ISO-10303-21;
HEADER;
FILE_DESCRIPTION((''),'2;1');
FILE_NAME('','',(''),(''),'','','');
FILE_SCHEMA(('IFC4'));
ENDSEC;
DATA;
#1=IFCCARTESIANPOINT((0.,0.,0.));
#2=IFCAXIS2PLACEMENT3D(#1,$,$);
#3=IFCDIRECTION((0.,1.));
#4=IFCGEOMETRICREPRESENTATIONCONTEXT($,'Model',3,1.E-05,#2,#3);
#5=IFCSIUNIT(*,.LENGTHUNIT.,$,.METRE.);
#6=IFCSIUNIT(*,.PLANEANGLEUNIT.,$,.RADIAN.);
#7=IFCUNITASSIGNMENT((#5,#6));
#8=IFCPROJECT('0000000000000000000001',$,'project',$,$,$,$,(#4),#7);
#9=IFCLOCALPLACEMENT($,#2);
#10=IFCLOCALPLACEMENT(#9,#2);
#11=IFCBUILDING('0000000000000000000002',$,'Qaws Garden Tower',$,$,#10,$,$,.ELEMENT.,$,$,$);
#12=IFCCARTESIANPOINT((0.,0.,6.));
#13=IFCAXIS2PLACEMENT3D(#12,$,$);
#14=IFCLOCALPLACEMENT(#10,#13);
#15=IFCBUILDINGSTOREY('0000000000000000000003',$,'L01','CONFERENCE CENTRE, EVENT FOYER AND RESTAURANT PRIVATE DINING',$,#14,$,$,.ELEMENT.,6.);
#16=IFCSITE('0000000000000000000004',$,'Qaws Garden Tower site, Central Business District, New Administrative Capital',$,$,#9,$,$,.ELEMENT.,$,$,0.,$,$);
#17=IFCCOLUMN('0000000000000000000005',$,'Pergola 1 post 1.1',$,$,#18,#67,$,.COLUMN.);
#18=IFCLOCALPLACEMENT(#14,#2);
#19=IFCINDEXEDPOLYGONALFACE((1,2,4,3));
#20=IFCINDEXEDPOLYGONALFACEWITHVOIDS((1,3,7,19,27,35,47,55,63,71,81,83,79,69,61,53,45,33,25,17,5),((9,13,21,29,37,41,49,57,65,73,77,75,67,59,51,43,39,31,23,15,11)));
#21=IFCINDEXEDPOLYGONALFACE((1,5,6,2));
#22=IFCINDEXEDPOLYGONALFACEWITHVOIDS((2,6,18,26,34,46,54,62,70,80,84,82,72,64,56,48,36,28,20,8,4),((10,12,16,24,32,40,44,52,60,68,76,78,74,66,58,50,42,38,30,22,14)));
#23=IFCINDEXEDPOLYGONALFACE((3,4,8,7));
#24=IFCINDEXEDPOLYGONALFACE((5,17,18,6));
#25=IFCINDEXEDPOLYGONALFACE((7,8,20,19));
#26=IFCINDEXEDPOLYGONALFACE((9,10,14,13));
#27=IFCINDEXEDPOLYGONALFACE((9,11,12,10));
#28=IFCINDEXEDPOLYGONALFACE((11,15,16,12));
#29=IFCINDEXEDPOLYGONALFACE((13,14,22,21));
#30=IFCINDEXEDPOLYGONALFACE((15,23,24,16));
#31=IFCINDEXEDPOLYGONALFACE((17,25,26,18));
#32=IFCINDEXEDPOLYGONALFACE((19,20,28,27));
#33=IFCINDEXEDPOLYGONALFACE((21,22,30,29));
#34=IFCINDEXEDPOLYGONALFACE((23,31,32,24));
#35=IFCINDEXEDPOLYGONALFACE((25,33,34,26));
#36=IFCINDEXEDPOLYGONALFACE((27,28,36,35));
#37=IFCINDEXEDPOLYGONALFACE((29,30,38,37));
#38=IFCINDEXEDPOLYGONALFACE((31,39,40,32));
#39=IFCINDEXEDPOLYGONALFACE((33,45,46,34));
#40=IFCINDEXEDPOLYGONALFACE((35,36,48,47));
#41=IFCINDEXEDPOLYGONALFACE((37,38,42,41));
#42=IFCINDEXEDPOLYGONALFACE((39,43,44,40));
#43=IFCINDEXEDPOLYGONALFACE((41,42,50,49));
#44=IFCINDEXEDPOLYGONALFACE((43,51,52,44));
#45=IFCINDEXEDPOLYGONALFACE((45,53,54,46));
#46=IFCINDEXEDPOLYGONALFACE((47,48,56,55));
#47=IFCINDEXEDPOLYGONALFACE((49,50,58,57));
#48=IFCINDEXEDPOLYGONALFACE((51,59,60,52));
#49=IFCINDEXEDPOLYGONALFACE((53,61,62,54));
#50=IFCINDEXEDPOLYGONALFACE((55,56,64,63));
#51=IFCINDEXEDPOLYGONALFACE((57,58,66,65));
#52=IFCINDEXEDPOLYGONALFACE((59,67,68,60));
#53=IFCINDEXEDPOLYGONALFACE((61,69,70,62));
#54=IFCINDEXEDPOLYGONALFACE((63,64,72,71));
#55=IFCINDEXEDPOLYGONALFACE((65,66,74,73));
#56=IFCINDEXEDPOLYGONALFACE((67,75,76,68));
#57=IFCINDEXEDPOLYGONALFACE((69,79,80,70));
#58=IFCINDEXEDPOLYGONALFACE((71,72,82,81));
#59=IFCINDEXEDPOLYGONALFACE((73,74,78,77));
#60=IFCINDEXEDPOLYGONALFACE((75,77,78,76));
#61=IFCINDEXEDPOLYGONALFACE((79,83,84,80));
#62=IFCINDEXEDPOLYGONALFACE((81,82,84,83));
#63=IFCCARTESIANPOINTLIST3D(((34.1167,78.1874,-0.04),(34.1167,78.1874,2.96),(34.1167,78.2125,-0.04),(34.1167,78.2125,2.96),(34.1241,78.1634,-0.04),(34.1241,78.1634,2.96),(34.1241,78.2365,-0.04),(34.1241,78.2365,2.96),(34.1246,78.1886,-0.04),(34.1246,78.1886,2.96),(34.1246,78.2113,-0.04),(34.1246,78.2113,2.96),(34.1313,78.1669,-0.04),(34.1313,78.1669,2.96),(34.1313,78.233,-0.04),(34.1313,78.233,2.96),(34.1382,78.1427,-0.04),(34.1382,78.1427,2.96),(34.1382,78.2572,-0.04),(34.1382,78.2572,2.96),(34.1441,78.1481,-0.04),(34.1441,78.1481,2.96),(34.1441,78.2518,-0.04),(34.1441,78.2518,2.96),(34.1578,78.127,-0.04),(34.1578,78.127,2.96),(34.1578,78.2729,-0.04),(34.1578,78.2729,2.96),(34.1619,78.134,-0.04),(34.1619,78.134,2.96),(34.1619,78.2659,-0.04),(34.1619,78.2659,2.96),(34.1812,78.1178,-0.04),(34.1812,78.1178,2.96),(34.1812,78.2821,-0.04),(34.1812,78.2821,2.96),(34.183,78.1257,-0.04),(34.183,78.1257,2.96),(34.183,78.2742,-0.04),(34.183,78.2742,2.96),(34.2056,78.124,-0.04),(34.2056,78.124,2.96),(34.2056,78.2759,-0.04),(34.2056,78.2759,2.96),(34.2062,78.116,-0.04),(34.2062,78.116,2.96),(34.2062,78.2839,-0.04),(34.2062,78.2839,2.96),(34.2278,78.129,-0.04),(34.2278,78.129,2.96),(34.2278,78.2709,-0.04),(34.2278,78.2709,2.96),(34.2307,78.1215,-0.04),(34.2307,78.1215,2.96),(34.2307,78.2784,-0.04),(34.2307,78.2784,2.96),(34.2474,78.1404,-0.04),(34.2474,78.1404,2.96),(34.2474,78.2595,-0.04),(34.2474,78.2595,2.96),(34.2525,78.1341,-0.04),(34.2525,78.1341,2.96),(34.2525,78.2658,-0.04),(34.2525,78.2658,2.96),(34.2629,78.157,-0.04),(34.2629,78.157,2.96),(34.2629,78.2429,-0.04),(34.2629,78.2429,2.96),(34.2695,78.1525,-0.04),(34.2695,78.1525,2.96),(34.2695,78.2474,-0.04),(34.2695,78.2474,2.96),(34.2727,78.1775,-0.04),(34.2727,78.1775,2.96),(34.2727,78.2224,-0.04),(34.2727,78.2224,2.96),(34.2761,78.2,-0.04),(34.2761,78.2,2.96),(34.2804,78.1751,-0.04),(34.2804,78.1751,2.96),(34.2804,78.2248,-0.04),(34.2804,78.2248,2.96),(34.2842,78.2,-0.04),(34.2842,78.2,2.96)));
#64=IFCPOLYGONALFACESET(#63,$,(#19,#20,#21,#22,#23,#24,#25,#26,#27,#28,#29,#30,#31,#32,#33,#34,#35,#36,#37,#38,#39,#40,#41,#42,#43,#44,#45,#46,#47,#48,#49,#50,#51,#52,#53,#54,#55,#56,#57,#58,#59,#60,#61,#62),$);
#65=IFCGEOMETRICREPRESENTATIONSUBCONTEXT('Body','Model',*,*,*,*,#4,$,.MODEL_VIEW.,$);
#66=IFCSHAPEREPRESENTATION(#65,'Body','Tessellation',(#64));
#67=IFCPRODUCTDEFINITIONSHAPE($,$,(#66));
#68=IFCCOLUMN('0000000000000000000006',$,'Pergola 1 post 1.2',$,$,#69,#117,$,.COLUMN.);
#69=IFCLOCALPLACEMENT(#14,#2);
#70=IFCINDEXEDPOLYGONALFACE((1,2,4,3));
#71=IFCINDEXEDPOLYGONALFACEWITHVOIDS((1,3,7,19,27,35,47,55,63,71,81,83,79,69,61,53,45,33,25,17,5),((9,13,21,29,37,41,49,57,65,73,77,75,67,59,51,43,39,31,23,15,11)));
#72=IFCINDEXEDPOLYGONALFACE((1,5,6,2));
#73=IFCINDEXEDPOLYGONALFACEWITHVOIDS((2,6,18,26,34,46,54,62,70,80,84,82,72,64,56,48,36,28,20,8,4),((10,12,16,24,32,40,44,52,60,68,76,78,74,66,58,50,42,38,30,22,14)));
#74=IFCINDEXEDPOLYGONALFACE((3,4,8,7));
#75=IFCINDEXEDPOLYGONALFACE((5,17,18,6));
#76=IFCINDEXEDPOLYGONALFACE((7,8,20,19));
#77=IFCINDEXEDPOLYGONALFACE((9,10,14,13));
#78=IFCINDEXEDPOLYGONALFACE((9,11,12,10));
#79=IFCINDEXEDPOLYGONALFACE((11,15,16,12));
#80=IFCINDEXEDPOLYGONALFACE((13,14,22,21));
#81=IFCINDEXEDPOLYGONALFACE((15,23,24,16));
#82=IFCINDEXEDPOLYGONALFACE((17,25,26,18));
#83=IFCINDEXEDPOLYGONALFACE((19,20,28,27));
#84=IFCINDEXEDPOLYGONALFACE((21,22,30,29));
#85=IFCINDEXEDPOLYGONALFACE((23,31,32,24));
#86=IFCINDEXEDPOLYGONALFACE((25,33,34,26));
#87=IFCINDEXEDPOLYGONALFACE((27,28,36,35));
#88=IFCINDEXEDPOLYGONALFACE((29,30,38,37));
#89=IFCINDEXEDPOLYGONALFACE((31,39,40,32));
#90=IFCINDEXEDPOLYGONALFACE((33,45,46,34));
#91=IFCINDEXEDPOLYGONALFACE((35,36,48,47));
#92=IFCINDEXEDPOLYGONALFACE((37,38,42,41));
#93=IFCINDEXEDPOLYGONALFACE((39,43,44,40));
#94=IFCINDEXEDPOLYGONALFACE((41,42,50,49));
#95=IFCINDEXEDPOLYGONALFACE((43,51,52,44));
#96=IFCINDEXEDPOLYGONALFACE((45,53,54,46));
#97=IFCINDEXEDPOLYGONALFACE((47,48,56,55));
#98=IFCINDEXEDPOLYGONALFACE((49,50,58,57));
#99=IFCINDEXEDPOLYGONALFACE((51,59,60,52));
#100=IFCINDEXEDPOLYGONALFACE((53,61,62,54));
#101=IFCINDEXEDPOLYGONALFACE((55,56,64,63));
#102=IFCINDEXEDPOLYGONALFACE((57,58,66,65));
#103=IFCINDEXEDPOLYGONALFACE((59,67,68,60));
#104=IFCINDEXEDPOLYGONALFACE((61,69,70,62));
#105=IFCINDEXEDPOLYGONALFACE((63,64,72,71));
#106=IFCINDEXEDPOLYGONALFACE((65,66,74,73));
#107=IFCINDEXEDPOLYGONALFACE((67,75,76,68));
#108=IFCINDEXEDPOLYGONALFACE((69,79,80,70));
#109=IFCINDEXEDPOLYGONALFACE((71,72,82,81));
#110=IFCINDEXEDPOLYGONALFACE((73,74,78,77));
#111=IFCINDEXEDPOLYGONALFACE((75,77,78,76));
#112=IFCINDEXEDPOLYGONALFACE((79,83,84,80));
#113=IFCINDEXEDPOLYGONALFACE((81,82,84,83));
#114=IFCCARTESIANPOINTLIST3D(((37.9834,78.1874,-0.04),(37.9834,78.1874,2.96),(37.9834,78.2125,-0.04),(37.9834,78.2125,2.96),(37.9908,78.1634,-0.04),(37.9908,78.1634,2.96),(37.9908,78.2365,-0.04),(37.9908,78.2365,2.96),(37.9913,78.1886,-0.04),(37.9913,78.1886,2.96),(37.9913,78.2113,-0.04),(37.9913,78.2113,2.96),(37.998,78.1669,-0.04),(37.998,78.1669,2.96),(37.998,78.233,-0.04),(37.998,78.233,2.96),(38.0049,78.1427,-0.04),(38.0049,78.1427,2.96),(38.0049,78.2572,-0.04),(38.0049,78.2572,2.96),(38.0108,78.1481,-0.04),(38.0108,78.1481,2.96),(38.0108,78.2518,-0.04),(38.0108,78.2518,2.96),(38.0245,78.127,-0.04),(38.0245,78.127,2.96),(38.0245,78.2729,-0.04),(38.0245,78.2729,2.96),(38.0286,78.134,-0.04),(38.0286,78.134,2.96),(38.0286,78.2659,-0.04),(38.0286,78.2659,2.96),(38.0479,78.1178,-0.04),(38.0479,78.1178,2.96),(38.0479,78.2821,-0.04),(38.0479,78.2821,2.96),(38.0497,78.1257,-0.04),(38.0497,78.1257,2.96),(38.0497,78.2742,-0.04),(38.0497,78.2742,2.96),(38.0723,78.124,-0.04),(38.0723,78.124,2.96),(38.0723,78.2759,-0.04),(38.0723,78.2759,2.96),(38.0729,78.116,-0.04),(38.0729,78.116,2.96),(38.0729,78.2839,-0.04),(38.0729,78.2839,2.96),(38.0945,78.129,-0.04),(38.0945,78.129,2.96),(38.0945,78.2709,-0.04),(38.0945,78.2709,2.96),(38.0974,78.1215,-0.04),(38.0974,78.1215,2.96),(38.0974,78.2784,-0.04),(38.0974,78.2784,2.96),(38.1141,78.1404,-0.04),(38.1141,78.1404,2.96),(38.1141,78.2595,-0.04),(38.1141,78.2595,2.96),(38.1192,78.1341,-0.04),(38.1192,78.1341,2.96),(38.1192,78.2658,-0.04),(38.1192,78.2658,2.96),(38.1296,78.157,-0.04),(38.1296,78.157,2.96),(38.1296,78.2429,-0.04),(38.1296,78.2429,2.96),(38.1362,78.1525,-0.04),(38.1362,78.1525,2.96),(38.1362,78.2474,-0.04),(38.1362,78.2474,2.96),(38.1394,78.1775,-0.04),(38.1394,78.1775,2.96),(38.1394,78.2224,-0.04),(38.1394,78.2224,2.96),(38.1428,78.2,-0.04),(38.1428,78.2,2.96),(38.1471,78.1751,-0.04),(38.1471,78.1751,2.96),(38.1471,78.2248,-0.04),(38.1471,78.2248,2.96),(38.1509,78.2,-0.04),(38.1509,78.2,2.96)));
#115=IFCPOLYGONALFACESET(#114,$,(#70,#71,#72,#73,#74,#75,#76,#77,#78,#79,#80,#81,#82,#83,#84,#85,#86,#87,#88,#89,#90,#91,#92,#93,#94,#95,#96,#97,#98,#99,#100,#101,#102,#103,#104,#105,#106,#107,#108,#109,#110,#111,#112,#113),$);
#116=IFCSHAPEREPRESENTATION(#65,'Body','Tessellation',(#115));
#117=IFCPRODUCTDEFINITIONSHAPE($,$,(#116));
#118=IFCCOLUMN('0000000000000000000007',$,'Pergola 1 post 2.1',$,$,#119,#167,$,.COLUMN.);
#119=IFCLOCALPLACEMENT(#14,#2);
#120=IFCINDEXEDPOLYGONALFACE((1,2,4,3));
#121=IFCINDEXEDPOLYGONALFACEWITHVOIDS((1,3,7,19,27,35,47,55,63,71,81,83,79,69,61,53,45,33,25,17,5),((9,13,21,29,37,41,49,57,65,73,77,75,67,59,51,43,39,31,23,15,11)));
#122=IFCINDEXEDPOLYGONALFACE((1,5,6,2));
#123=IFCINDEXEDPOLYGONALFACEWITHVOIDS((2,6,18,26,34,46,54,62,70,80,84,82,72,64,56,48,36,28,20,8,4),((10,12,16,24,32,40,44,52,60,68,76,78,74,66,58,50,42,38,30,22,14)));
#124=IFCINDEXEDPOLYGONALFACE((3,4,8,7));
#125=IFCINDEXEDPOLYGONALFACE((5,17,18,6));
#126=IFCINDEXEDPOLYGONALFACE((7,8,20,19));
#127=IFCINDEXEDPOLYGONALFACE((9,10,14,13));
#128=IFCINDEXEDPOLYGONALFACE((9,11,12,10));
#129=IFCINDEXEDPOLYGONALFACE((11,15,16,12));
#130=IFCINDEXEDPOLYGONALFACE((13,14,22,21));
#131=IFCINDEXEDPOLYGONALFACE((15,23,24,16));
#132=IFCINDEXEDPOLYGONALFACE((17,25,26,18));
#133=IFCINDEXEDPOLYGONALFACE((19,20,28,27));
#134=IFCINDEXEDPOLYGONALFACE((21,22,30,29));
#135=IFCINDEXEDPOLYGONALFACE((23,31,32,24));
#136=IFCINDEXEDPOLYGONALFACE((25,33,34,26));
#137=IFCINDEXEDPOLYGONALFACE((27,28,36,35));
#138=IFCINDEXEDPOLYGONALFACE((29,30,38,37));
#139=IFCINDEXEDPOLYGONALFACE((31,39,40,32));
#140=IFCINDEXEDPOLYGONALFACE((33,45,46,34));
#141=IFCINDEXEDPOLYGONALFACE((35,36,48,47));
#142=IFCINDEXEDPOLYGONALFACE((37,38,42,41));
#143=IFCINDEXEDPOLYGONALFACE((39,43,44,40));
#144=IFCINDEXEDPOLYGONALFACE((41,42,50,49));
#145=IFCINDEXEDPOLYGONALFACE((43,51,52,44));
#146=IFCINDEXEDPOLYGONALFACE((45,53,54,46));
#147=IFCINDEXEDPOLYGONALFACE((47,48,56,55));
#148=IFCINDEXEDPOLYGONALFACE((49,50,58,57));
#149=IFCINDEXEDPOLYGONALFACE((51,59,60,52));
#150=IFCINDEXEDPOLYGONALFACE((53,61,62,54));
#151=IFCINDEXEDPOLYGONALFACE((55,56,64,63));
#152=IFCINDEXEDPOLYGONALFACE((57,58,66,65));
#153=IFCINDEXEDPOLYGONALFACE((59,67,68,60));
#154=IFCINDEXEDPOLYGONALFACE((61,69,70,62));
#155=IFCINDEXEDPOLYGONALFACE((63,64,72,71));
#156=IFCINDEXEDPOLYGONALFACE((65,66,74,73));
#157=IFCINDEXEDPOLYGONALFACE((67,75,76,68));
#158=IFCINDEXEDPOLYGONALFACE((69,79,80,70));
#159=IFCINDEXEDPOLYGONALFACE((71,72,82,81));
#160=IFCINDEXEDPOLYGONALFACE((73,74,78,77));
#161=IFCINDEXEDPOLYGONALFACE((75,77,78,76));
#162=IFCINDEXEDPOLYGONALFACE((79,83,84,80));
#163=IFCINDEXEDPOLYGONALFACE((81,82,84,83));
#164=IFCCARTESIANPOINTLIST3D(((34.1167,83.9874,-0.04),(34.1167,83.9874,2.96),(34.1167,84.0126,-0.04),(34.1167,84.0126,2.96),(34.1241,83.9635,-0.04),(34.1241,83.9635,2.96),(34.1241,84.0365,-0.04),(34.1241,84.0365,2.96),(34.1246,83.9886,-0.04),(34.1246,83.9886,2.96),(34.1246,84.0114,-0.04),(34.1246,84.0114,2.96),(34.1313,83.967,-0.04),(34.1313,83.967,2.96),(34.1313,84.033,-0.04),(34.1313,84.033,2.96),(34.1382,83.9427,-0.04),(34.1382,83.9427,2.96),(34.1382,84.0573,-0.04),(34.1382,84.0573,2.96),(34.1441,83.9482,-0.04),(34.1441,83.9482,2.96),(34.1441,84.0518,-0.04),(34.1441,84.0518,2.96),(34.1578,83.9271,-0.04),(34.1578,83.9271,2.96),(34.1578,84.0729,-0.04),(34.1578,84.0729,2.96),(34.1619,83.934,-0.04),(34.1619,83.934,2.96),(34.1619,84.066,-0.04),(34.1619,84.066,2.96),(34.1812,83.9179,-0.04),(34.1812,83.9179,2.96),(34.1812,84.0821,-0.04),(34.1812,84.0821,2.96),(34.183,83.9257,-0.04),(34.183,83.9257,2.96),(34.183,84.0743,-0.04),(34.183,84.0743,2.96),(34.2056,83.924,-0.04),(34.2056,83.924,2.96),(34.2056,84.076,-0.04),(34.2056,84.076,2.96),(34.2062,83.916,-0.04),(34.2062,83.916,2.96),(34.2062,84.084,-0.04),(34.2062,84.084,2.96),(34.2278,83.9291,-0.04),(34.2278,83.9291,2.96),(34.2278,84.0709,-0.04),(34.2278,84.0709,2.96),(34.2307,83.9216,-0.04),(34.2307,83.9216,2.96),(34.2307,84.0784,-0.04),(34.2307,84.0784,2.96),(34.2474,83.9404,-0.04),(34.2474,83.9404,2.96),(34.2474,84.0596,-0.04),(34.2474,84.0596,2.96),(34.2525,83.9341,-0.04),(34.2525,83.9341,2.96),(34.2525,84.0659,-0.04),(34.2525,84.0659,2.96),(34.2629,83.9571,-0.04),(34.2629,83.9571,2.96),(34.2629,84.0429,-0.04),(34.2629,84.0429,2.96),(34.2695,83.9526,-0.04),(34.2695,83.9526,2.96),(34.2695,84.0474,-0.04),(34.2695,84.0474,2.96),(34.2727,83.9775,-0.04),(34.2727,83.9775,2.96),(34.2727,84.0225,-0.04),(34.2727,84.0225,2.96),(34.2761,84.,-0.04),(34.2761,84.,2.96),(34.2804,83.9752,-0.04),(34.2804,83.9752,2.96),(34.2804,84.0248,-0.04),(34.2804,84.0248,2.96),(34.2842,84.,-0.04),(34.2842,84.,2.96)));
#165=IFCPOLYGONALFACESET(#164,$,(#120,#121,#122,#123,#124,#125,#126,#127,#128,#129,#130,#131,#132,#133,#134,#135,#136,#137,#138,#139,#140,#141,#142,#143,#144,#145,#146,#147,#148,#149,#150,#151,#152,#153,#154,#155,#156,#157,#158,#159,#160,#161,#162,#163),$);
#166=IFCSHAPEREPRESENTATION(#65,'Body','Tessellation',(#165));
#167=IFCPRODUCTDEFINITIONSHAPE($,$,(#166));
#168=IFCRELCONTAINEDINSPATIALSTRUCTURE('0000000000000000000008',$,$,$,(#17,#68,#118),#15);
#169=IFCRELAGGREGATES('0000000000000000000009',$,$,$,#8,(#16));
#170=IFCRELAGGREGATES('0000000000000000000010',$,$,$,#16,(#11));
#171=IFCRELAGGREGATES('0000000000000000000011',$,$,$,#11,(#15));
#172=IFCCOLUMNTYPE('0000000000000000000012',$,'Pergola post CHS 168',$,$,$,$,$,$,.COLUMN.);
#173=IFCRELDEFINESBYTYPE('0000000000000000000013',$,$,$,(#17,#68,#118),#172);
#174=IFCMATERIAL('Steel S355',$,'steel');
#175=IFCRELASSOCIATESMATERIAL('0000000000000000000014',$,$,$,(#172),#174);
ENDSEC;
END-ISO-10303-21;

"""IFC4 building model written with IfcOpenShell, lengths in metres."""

from ifc_helpers import new_model, si_unit, direction, frame, origin, origin_2d, place, context, subcontext, project, spatial, hollow_circle, extrude, material, material_profile, profile_set, type_object, element, save


model = new_model("IFC4")

# Units and contexts
model_context = context("Model", 3, precision=1e-05, world=origin(), true_north=direction((0.0, 1.0)))
body_context = subcontext(model_context, "Body", "Model", "MODEL_VIEW")
ifc_project = project(units=[si_unit("LENGTHUNIT", "METRE"), si_unit("PLANEANGLEUNIT", "RADIAN")], contexts=[model_context])

# Site, building, storey
site_placement = place(None, origin())
site = spatial("IfcSite", under=ifc_project, at=site_placement, Name="Qaws Garden Tower site, Central Business District, New Administrative Capital", CompositionType="ELEMENT", RefElevation=0.0)
building_placement = place(site_placement, origin())
building = spatial("IfcBuilding", under=site, at=building_placement, Name="Qaws Garden Tower", CompositionType="ELEMENT")
storey_placement = place(building_placement, frame((0.0, 0.0, 6.0)))
storey = spatial("IfcBuildingStorey", under=building, at=storey_placement, Name="L01", Description="CONFERENCE CENTRE, EVENT FOYER AND RESTAURANT PRIVATE DINING", CompositionType="ELEMENT", Elevation=6.0)

# Columns
ifc_material_1 = material(Name="Steel S355", Category="steel")
ifc_material_profile_1 = material_profile(ifc_material_1, hollow_circle(Radius=0.0842, WallThickness=0.0081, at=origin_2d()), Name="Pergola post CHS 168")
ifc_profile_set_1 = profile_set([ifc_material_profile_1], Name="Steel S355")
column_type = type_object("IfcColumnType", Name="Pergola post CHS 168", PredefinedType="COLUMN", material=ifc_profile_set_1)
for number, where, z_axis, x_axis, name in (
    (1, (34.2, 78.2, -0.04), (0.0, 0.0, 1.0), (1.0, 0.0, 0.0), "Pergola 1 post 1.1"),
    (2, (38.0667, 78.2, -0.04), (0.0, 0.0, 1.0), (1.0, 0.0, 0.0), "Pergola 1 post 1.2"),
    (3, (34.2, 84.0, -0.04), (0.0, 0.0, 1.0), (1.0, 0.0, 0.0), "Pergola 1 post 2.1"),
):
    element("IfcColumn", number, at=place(storey_placement, frame(where, z_axis=z_axis, x_axis=x_axis)), inside=storey, type_object=column_type, Name=name, PredefinedType="COLUMN", context=body_context, shape_type="SweptSolid", body=[
        extrude(hollow_circle(Radius=0.0842, WallThickness=0.0081, at=origin_2d()), origin(), (0.0, 0.0, 1.0), 3.0),
    ])

save(model, "model.ifc")
